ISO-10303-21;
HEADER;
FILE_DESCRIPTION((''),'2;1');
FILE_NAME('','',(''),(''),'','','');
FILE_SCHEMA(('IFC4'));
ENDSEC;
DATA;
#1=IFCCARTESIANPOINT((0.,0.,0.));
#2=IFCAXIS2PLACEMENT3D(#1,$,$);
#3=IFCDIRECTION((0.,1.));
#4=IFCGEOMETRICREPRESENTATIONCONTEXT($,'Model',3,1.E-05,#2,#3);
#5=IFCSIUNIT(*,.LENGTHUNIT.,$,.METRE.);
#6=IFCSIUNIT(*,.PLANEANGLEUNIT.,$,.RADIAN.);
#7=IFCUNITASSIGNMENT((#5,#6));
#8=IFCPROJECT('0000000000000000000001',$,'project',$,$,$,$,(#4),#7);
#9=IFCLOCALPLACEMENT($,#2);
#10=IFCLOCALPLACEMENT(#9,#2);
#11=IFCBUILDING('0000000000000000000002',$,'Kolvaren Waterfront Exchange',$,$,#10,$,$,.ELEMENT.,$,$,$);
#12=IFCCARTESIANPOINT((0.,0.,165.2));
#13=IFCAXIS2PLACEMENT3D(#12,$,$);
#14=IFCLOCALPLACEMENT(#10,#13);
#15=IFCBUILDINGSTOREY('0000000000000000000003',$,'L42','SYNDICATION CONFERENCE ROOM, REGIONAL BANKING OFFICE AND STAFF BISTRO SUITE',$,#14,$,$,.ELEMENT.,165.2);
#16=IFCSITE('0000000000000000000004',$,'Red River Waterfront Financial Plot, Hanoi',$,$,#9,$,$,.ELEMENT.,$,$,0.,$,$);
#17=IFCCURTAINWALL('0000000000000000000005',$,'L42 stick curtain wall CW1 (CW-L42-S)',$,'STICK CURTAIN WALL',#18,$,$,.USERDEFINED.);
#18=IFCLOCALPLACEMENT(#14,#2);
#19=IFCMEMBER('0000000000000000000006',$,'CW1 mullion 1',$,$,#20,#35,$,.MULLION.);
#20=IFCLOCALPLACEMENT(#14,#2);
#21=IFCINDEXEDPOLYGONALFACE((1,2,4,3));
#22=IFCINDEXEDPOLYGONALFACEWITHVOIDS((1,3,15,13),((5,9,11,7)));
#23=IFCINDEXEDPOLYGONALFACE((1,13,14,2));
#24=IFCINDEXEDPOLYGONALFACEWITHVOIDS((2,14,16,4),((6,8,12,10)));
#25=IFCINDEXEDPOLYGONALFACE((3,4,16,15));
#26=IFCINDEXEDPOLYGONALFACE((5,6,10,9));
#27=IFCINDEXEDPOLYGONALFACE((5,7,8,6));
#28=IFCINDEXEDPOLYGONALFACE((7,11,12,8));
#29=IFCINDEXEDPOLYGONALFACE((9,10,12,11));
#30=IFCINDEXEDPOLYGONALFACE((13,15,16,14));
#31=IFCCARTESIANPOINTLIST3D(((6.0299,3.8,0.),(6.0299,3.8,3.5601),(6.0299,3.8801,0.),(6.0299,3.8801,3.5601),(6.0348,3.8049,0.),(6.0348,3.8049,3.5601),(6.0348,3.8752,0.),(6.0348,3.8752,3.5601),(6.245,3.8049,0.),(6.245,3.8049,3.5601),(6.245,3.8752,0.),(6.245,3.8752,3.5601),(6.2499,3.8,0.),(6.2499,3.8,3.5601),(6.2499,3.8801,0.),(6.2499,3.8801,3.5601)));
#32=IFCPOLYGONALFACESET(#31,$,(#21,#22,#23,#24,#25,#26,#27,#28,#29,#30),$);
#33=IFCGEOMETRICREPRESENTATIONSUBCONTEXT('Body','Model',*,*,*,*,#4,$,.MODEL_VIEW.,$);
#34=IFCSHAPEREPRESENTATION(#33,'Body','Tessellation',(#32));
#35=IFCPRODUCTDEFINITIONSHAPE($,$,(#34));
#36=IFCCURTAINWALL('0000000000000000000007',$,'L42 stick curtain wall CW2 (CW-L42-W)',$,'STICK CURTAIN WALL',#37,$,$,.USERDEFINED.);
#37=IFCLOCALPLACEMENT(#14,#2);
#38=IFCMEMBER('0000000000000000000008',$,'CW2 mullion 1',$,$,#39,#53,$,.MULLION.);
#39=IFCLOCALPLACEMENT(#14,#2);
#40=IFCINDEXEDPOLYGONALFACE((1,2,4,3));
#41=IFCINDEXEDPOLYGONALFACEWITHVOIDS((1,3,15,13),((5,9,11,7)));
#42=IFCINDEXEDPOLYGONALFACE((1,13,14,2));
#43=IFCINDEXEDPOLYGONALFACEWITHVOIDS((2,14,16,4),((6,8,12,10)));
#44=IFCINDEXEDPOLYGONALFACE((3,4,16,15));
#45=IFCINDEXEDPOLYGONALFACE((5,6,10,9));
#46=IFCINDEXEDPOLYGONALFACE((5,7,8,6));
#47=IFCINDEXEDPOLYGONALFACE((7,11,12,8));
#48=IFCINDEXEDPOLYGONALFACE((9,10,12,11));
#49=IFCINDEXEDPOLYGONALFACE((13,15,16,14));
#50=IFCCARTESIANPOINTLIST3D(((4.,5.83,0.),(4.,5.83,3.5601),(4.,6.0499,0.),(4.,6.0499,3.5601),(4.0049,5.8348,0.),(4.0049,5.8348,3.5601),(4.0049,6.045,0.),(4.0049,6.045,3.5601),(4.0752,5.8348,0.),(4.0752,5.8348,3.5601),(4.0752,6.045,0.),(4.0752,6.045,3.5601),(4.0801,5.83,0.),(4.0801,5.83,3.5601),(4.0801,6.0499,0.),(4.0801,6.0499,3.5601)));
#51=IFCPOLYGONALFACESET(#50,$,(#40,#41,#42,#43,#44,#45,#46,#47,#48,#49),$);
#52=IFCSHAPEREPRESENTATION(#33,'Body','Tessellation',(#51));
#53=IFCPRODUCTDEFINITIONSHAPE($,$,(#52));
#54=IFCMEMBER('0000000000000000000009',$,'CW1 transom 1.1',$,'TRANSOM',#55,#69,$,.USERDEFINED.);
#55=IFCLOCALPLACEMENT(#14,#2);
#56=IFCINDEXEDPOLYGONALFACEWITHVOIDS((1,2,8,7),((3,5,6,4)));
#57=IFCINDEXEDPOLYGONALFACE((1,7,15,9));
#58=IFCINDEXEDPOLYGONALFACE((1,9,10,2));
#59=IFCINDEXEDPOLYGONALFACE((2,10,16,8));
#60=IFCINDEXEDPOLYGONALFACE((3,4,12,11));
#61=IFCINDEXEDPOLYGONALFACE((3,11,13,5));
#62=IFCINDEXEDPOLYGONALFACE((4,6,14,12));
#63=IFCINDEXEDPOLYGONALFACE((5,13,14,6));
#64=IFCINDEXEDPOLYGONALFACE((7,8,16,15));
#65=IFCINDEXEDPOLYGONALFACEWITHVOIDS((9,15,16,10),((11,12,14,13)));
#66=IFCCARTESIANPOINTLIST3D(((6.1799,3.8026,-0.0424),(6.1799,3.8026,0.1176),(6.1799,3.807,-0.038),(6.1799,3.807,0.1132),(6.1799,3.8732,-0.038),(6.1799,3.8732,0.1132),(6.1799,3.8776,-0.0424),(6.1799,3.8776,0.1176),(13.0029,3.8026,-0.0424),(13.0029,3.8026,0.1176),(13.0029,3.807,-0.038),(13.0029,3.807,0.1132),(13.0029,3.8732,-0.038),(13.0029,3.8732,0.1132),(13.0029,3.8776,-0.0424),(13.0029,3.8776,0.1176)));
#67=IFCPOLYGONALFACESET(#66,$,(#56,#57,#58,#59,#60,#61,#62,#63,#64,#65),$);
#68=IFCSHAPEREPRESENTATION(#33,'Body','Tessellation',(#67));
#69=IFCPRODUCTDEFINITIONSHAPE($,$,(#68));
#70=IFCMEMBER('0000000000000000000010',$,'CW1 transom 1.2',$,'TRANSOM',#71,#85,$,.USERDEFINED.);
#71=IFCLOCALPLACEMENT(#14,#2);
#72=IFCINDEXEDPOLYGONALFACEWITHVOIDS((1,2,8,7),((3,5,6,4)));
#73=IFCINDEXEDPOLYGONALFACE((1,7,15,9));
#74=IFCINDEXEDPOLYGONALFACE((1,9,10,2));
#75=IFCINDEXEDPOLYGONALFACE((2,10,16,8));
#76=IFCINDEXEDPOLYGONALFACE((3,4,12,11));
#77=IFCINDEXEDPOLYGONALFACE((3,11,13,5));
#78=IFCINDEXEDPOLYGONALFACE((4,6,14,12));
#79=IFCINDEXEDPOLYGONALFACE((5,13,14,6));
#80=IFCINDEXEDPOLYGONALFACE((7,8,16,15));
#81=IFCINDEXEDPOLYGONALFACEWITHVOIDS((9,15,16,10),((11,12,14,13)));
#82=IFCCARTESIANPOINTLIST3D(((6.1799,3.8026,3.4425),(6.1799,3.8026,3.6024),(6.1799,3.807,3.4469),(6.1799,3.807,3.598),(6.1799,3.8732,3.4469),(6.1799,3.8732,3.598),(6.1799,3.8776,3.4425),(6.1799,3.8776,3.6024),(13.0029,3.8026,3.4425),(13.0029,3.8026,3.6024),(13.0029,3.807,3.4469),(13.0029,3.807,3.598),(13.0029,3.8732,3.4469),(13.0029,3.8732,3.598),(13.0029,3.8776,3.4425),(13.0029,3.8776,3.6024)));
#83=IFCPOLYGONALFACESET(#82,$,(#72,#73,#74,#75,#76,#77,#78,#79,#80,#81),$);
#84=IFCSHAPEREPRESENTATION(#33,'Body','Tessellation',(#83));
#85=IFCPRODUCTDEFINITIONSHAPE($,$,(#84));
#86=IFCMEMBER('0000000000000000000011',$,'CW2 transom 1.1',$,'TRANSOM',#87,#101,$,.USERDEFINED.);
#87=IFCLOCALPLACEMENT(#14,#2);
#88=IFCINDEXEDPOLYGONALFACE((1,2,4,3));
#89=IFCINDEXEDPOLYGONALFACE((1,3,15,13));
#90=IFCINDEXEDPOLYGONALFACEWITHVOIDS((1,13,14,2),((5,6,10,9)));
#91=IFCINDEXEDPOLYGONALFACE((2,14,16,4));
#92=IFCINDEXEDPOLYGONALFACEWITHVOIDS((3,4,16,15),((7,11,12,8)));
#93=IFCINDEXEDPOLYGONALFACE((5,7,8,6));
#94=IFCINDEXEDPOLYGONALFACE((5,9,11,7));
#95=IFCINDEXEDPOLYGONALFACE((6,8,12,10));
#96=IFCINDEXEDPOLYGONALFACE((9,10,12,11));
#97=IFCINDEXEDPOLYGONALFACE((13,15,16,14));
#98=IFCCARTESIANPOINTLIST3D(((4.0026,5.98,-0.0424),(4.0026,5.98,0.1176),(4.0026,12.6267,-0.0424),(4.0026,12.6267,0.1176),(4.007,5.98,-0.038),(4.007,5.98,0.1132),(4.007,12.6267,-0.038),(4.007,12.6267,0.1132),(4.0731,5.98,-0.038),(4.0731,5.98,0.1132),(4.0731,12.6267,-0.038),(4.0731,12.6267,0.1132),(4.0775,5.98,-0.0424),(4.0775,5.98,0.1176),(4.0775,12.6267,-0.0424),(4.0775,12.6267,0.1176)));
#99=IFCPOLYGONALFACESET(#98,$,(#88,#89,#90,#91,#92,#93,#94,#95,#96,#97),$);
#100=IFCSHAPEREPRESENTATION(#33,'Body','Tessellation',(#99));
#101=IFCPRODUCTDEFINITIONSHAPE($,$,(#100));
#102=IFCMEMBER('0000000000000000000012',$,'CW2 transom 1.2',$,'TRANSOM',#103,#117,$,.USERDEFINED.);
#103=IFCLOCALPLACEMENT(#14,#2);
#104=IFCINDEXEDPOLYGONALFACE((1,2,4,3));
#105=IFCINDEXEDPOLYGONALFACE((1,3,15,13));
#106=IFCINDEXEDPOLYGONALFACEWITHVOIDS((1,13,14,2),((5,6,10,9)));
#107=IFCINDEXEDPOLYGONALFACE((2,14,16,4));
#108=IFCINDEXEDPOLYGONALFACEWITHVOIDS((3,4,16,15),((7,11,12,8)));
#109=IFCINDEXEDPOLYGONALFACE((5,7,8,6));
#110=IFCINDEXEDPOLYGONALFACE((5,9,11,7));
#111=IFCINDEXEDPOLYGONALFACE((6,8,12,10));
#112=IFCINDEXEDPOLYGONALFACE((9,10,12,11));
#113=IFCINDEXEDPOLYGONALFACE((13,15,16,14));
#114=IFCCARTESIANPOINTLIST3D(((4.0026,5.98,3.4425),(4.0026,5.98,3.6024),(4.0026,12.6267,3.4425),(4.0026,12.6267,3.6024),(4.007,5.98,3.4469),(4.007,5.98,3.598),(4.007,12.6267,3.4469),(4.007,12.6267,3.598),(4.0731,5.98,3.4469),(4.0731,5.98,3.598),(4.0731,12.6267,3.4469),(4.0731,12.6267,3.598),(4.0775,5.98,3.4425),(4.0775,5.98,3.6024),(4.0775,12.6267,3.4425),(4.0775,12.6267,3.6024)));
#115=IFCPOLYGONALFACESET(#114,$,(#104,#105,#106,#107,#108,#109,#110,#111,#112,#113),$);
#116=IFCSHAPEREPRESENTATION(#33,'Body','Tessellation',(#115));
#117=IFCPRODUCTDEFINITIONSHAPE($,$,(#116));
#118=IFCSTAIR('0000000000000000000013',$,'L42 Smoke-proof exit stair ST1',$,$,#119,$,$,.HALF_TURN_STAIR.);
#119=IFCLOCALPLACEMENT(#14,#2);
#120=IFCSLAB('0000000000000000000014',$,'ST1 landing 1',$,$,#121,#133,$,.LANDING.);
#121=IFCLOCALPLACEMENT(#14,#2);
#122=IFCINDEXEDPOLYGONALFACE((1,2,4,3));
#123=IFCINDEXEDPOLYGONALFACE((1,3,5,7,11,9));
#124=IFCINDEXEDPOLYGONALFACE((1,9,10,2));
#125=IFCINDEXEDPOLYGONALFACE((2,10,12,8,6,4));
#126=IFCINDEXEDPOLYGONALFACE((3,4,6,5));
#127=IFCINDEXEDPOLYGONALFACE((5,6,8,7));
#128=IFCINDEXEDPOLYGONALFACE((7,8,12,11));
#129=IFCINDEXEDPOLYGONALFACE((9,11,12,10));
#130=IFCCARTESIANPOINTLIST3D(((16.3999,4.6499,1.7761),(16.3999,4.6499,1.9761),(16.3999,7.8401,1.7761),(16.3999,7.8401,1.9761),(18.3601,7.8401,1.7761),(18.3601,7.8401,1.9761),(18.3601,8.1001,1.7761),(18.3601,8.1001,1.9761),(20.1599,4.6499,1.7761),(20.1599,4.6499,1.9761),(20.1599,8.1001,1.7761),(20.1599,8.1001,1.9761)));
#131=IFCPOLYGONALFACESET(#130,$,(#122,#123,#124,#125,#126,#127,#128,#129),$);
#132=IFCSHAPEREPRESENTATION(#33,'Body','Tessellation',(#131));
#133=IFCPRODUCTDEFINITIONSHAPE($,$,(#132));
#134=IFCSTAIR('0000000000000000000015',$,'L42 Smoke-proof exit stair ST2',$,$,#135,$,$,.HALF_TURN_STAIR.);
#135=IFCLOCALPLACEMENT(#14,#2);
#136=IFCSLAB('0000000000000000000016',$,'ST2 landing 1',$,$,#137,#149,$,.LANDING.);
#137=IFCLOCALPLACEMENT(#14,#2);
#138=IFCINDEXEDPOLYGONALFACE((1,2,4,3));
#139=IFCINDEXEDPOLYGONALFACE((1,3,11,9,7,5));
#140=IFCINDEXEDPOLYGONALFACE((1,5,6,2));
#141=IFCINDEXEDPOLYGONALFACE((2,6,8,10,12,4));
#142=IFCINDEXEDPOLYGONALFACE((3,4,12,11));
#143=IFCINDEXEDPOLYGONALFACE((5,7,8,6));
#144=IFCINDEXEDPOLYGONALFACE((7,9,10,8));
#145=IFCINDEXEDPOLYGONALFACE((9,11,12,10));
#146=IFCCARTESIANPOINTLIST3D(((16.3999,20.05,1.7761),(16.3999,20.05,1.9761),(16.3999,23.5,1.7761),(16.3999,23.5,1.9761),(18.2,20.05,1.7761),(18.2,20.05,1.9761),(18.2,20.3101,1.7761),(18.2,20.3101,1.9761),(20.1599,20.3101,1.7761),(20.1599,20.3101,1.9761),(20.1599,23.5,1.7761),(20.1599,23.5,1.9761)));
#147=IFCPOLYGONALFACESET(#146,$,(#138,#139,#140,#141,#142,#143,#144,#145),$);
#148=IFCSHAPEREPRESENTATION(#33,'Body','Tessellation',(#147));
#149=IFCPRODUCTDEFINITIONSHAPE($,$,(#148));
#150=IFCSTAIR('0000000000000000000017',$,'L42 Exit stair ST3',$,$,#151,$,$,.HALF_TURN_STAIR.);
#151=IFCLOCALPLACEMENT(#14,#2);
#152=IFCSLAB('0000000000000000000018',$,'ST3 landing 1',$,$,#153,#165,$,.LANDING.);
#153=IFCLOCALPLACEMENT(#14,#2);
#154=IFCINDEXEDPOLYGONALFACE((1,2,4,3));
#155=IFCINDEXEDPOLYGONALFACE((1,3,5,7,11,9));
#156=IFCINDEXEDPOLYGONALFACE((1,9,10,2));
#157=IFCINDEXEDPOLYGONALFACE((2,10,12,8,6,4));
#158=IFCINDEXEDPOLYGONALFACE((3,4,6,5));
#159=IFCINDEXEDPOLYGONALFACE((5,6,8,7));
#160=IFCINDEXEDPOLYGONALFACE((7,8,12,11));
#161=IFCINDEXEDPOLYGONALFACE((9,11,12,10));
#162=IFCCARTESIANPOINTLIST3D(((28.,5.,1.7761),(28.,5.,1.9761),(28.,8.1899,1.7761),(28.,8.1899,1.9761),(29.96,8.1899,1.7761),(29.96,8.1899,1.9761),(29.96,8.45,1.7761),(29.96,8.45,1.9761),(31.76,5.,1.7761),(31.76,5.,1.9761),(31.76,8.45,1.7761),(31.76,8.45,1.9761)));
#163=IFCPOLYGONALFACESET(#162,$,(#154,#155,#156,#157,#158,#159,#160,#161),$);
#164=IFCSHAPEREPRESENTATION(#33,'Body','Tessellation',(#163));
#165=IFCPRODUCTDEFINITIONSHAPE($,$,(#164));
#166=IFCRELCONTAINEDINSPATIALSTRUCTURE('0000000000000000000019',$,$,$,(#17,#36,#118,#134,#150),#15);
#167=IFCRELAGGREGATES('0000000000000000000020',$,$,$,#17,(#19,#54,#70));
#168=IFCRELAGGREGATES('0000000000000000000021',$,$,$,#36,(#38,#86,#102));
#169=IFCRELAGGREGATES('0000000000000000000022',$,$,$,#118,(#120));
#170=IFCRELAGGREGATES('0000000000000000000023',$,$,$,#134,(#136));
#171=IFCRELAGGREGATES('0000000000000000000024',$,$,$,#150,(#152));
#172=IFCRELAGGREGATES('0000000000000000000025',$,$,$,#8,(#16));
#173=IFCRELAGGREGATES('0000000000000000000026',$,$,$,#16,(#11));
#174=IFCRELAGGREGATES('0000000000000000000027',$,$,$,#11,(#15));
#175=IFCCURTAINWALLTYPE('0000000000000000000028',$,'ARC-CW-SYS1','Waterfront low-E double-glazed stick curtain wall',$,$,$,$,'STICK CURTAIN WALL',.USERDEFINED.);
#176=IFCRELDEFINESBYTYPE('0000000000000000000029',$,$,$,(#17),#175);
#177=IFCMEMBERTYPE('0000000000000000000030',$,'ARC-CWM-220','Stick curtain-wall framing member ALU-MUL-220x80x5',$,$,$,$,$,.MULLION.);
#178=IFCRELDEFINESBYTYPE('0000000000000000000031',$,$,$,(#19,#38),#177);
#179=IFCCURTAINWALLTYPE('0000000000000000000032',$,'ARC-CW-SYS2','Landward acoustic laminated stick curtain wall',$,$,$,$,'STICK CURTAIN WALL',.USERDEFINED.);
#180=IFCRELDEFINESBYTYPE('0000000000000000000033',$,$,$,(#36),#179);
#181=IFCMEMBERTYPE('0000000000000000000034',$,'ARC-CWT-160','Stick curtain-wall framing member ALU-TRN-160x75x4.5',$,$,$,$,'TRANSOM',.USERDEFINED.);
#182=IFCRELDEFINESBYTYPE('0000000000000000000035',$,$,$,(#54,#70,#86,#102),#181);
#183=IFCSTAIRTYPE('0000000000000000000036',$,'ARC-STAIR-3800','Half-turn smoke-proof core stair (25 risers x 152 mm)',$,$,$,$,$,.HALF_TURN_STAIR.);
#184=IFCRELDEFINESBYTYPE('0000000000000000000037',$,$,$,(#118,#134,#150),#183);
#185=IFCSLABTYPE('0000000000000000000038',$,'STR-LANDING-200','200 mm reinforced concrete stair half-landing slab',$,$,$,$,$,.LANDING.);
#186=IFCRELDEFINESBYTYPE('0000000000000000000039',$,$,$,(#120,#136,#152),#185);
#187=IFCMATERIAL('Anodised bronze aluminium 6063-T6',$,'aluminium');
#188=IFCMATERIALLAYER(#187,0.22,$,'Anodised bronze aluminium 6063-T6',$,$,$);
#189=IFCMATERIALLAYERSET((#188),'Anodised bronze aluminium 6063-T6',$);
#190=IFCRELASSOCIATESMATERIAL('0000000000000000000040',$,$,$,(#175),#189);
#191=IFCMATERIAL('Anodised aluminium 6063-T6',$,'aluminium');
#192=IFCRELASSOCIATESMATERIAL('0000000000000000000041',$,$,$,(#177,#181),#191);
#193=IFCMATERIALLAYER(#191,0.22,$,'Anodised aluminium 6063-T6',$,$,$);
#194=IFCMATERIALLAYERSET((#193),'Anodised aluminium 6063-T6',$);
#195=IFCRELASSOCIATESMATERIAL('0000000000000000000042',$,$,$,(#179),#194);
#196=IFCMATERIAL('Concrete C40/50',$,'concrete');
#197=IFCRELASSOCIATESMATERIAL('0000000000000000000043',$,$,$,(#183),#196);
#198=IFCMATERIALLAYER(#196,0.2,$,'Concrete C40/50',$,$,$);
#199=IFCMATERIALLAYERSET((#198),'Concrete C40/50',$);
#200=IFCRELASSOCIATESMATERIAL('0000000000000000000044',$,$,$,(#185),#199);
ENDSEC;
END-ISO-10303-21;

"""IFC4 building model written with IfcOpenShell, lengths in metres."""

from ifc_helpers import new_model, si_unit, direction, frame, origin, origin_with_axes, origin_2d, place, context, subcontext, project, spatial, polyline, hollow_rectangle, outline, extrude, source, transform, mapped, material, layer, layer_set, material_profile, profile_set, type_object, element, aggregate, save


model = new_model("IFC4")

# Units and contexts
model_context = context("Model", 3, precision=1e-05, world=origin(), true_north=direction((0.0, 1.0)))
body_context = subcontext(model_context, "Body", "Model", "MODEL_VIEW")
ifc_project = project(units=[si_unit("LENGTHUNIT", "METRE"), si_unit("PLANEANGLEUNIT", "RADIAN")], contexts=[model_context])

# Site, building, storey
site_placement = place(None, origin())
site = spatial("IfcSite", under=ifc_project, at=site_placement, Name="Red River Waterfront Financial Plot, Hanoi", CompositionType="ELEMENT", RefElevation=0.0)
building_placement = place(site_placement, origin())
building = spatial("IfcBuilding", under=site, at=building_placement, Name="Kolvaren Waterfront Exchange", CompositionType="ELEMENT")
storey_placement = place(building_placement, frame((0.0, 0.0, 165.2)))
storey = spatial("IfcBuildingStorey", under=building, at=storey_placement, Name="L42", Description="SYNDICATION CONFERENCE ROOM, REGIONAL BANKING OFFICE AND STAFF BISTRO SUITE", CompositionType="ELEMENT", Elevation=165.2)

# Curtain walls, members
ifc_material_1 = material(Name="Anodised bronze aluminium 6063-T6", Category="aluminium")
ifc_layer_1 = layer(ifc_material_1, 0.22, Name="Anodised bronze aluminium 6063-T6")
ifc_layer_set_1 = layer_set([ifc_layer_1], Name="Anodised bronze aluminium 6063-T6")
curtain_wall_type_1 = type_object("IfcCurtainWallType", Name="ARC-CW-SYS1", Description="Waterfront low-E double-glazed stick curtain wall", ElementType="STICK CURTAIN WALL", PredefinedType="USERDEFINED", material=ifc_layer_set_1)
curtain_wall_1_placement = place(storey_placement, origin())
curtain_wall_1 = element("IfcCurtainWall", 1, at=curtain_wall_1_placement, inside=storey, type_object=curtain_wall_type_1, Name="L42 stick curtain wall CW1 (CW-L42-S)", ObjectType="STICK CURTAIN WALL", PredefinedType="USERDEFINED")
ifc_material_2 = material(Name="Anodised aluminium 6063-T6", Category="aluminium")
ifc_material_profile_1 = material_profile(ifc_material_2, hollow_rectangle(XDim=0.0801, YDim=0.22, WallThickness=0.0049, at=origin_2d()), Name="ALU-MUL-220x80x5")
ifc_profile_set_1 = profile_set([ifc_material_profile_1], Name="Anodised aluminium 6063-T6")
member_type_1 = type_object("IfcMemberType", Name="ARC-CWM-220", Description="Stick curtain-wall framing member ALU-MUL-220x80x5", PredefinedType="MULLION", material=ifc_profile_set_1)
shared_shape_1 = source(origin_with_axes(), body_context, "Body", "SweptSolid", [
    extrude(hollow_rectangle(XDim=0.0801, YDim=0.22, WallThickness=0.0049, at=origin_2d()), origin(), (0.0, 0.0, 1.0), 3.5601),
])
member_1_placement = place(storey_placement, frame((6.1399, 3.8401, 0.0), z_axis=(0.0, 0.0, 1.0), x_axis=(0.0, 1.0, 0.0)))
member_1 = element("IfcMember", 2, at=member_1_placement, type_object=member_type_1, Name="CW1 mullion 1", PredefinedType="MULLION", context=body_context, shape_type="MappedRepresentation", body=[
    mapped(shared_shape_1, transform((0.0, 0.0, 0.0), x_axis=(1.0, 0.0, 0.0), y_axis=(0.0, 1.0, 0.0), z_axis=(0.0, 0.0, 1.0), scale=1.0)),
])
ifc_layer_2 = layer(ifc_material_2, 0.22, Name="Anodised aluminium 6063-T6")
ifc_layer_set_2 = layer_set([ifc_layer_2], Name="Anodised aluminium 6063-T6")
curtain_wall_type_2 = type_object("IfcCurtainWallType", Name="ARC-CW-SYS2", Description="Landward acoustic laminated stick curtain wall", ElementType="STICK CURTAIN WALL", PredefinedType="USERDEFINED", material=ifc_layer_set_2)
curtain_wall_2_placement = place(storey_placement, origin())
curtain_wall_2 = element("IfcCurtainWall", 3, at=curtain_wall_2_placement, inside=storey, type_object=curtain_wall_type_2, Name="L42 stick curtain wall CW2 (CW-L42-W)", ObjectType="STICK CURTAIN WALL", PredefinedType="USERDEFINED")
member_2_placement = place(storey_placement, frame((4.04, 5.9399, 0.0), z_axis=(0.0, 0.0, 1.0), x_axis=(-1.0, 0.0, 0.0)))
member_2 = element("IfcMember", 4, at=member_2_placement, type_object=member_type_1, Name="CW2 mullion 1", PredefinedType="MULLION", context=body_context, shape_type="MappedRepresentation", body=[
    mapped(shared_shape_1, transform((0.0, 0.0, 0.0), x_axis=(1.0, 0.0, 0.0), y_axis=(0.0, 1.0, 0.0), z_axis=(0.0, 0.0, 1.0), scale=1.0)),
])

# Members
ifc_material_profile_2 = material_profile(ifc_material_2, hollow_rectangle(XDim=0.075, YDim=0.1599, WallThickness=0.0044, at=origin_2d()), Name="ALU-TRN-160x75x4.5")
ifc_profile_set_2 = profile_set([ifc_material_profile_2], Name="Anodised aluminium 6063-T6")
member_type_2 = type_object("IfcMemberType", Name="ARC-CWT-160", Description="Stick curtain-wall framing member ALU-TRN-160x75x4.5", ElementType="TRANSOM", PredefinedType="USERDEFINED", material=ifc_profile_set_2)
shared_shape_2 = source(origin_with_axes(), body_context, "Body", "SweptSolid", [
    extrude(hollow_rectangle(XDim=0.075, YDim=0.1599, WallThickness=0.0044, at=origin_2d()), origin(), (0.0, 0.0, 1.0), 6.823),
])
member_3_placement = place(storey_placement, frame((6.1799, 3.8401, 0.0376), z_axis=(1.0, 0.0, 0.0), x_axis=(0.0, 1.0, 0.0)))
member_3 = element("IfcMember", 5, at=member_3_placement, type_object=member_type_2, Name="CW1 transom 1.1", ObjectType="TRANSOM", PredefinedType="USERDEFINED", context=body_context, shape_type="MappedRepresentation", body=[
    mapped(shared_shape_2, transform((0.0, 0.0, 0.0), x_axis=(1.0, 0.0, 0.0), y_axis=(0.0, 1.0, 0.0), z_axis=(0.0, 0.0, 1.0), scale=1.0)),
])
member_4_placement = place(storey_placement, frame((6.1799, 3.8401, 3.5225), z_axis=(1.0, 0.0, 0.0), x_axis=(0.0, 1.0, 0.0)))
member_4 = element("IfcMember", 6, at=member_4_placement, type_object=member_type_2, Name="CW1 transom 1.2", ObjectType="TRANSOM", PredefinedType="USERDEFINED", context=body_context, shape_type="MappedRepresentation", body=[
    mapped(shared_shape_2, transform((0.0, 0.0, 0.0), x_axis=(1.0, 0.0, 0.0), y_axis=(0.0, 1.0, 0.0), z_axis=(0.0, 0.0, 1.0), scale=1.0)),
])
aggregate(curtain_wall_1, [member_1, member_3, member_4])
shared_shape_3 = source(origin_with_axes(), body_context, "Body", "SweptSolid", [
    extrude(hollow_rectangle(XDim=0.075, YDim=0.1599, WallThickness=0.0044, at=origin_2d()), origin(), (0.0, 0.0, 1.0), 6.6467),
])
member_5_placement = place(storey_placement, frame((4.04, 5.98, 0.0376), z_axis=(0.0, 1.0, 0.0), x_axis=(-1.0, 0.0, 0.0)))
member_5 = element("IfcMember", 7, at=member_5_placement, type_object=member_type_2, Name="CW2 transom 1.1", ObjectType="TRANSOM", PredefinedType="USERDEFINED", context=body_context, shape_type="MappedRepresentation", body=[
    mapped(shared_shape_3, transform((0.0, 0.0, 0.0), x_axis=(1.0, 0.0, 0.0), y_axis=(0.0, 1.0, 0.0), z_axis=(0.0, 0.0, 1.0), scale=1.0)),
])
member_6_placement = place(storey_placement, frame((4.04, 5.98, 3.5225), z_axis=(0.0, 1.0, 0.0), x_axis=(-1.0, 0.0, 0.0)))
member_6 = element("IfcMember", 8, at=member_6_placement, type_object=member_type_2, Name="CW2 transom 1.2", ObjectType="TRANSOM", PredefinedType="USERDEFINED", context=body_context, shape_type="MappedRepresentation", body=[
    mapped(shared_shape_3, transform((0.0, 0.0, 0.0), x_axis=(1.0, 0.0, 0.0), y_axis=(0.0, 1.0, 0.0), z_axis=(0.0, 0.0, 1.0), scale=1.0)),
])
aggregate(curtain_wall_2, [member_2, member_5, member_6])

# Stairs, slabs
ifc_material_3 = material(Name="Concrete C40/50", Category="concrete")
stair_type = type_object("IfcStairType", Name="ARC-STAIR-3800", Description="Half-turn smoke-proof core stair (25 risers x 152 mm)", PredefinedType="HALF_TURN_STAIR", material=ifc_material_3)
stair_1_placement = place(storey_placement, origin())
stair_1 = element("IfcStair", 9, at=stair_1_placement, inside=storey, type_object=stair_type, Name="L42 Smoke-proof exit stair ST1", PredefinedType="HALF_TURN_STAIR")
ifc_layer_3 = layer(ifc_material_3, 0.2, Name="Concrete C40/50")
ifc_layer_set_3 = layer_set([ifc_layer_3], Name="Concrete C40/50")
slab_type_1 = type_object("IfcSlabType", Name="STR-LANDING-200", Description="200 mm reinforced concrete stair half-landing slab", PredefinedType="LANDING", material=ifc_layer_set_3)
slab_1_placement = place(storey_placement, frame((0.0, 0.0, 1.7761)))
slab_1 = element("IfcSlab", 10, at=slab_1_placement, type_object=slab_type_1, Name="ST1 landing 1", PredefinedType="LANDING", context=body_context, shape_type="SweptSolid", body=[
    extrude(outline(polyline([(16.3999, 7.8401), (16.3999, 4.6499), (20.1599, 4.6499), (20.1599, 8.1001), (18.3601, 8.1001), (18.3601, 7.8401), (16.3999, 7.8401)])), origin(), (0.0, 0.0, 1.0), 0.2),
])
aggregate(stair_1, [slab_1])
stair_2_placement = place(storey_placement, origin())
stair_2 = element("IfcStair", 11, at=stair_2_placement, inside=storey, type_object=stair_type, Name="L42 Smoke-proof exit stair ST2", PredefinedType="HALF_TURN_STAIR")
slab_2_placement = place(storey_placement, frame((0.0, 0.0, 1.7761)))
slab_2 = element("IfcSlab", 12, at=slab_2_placement, type_object=slab_type_1, Name="ST2 landing 1", PredefinedType="LANDING", context=body_context, shape_type="SweptSolid", body=[
    extrude(outline(polyline([(20.1599, 20.3101), (20.1599, 23.5), (16.3999, 23.5), (16.3999, 20.05), (18.2, 20.05), (18.2, 20.3101), (20.1599, 20.3101)])), origin(), (0.0, 0.0, 1.0), 0.2),
])
aggregate(stair_2, [slab_2])
stair_3_placement = place(storey_placement, origin())
stair_3 = element("IfcStair", 13, at=stair_3_placement, inside=storey, type_object=stair_type, Name="L42 Exit stair ST3", PredefinedType="HALF_TURN_STAIR")
slab_3_placement = place(storey_placement, frame((0.0, 0.0, 1.7761)))
slab_3 = element("IfcSlab", 14, at=slab_3_placement, type_object=slab_type_1, Name="ST3 landing 1", PredefinedType="LANDING", context=body_context, shape_type="SweptSolid", body=[
    extrude(outline(polyline([(28.0, 8.1899), (28.0, 5.0), (31.76, 5.0), (31.76, 8.45), (29.96, 8.45), (29.96, 8.1899), (28.0, 8.1899)])), origin(), (0.0, 0.0, 1.0), 0.2),
])
aggregate(stair_3, [slab_3])

save(model, "model.ifc")
